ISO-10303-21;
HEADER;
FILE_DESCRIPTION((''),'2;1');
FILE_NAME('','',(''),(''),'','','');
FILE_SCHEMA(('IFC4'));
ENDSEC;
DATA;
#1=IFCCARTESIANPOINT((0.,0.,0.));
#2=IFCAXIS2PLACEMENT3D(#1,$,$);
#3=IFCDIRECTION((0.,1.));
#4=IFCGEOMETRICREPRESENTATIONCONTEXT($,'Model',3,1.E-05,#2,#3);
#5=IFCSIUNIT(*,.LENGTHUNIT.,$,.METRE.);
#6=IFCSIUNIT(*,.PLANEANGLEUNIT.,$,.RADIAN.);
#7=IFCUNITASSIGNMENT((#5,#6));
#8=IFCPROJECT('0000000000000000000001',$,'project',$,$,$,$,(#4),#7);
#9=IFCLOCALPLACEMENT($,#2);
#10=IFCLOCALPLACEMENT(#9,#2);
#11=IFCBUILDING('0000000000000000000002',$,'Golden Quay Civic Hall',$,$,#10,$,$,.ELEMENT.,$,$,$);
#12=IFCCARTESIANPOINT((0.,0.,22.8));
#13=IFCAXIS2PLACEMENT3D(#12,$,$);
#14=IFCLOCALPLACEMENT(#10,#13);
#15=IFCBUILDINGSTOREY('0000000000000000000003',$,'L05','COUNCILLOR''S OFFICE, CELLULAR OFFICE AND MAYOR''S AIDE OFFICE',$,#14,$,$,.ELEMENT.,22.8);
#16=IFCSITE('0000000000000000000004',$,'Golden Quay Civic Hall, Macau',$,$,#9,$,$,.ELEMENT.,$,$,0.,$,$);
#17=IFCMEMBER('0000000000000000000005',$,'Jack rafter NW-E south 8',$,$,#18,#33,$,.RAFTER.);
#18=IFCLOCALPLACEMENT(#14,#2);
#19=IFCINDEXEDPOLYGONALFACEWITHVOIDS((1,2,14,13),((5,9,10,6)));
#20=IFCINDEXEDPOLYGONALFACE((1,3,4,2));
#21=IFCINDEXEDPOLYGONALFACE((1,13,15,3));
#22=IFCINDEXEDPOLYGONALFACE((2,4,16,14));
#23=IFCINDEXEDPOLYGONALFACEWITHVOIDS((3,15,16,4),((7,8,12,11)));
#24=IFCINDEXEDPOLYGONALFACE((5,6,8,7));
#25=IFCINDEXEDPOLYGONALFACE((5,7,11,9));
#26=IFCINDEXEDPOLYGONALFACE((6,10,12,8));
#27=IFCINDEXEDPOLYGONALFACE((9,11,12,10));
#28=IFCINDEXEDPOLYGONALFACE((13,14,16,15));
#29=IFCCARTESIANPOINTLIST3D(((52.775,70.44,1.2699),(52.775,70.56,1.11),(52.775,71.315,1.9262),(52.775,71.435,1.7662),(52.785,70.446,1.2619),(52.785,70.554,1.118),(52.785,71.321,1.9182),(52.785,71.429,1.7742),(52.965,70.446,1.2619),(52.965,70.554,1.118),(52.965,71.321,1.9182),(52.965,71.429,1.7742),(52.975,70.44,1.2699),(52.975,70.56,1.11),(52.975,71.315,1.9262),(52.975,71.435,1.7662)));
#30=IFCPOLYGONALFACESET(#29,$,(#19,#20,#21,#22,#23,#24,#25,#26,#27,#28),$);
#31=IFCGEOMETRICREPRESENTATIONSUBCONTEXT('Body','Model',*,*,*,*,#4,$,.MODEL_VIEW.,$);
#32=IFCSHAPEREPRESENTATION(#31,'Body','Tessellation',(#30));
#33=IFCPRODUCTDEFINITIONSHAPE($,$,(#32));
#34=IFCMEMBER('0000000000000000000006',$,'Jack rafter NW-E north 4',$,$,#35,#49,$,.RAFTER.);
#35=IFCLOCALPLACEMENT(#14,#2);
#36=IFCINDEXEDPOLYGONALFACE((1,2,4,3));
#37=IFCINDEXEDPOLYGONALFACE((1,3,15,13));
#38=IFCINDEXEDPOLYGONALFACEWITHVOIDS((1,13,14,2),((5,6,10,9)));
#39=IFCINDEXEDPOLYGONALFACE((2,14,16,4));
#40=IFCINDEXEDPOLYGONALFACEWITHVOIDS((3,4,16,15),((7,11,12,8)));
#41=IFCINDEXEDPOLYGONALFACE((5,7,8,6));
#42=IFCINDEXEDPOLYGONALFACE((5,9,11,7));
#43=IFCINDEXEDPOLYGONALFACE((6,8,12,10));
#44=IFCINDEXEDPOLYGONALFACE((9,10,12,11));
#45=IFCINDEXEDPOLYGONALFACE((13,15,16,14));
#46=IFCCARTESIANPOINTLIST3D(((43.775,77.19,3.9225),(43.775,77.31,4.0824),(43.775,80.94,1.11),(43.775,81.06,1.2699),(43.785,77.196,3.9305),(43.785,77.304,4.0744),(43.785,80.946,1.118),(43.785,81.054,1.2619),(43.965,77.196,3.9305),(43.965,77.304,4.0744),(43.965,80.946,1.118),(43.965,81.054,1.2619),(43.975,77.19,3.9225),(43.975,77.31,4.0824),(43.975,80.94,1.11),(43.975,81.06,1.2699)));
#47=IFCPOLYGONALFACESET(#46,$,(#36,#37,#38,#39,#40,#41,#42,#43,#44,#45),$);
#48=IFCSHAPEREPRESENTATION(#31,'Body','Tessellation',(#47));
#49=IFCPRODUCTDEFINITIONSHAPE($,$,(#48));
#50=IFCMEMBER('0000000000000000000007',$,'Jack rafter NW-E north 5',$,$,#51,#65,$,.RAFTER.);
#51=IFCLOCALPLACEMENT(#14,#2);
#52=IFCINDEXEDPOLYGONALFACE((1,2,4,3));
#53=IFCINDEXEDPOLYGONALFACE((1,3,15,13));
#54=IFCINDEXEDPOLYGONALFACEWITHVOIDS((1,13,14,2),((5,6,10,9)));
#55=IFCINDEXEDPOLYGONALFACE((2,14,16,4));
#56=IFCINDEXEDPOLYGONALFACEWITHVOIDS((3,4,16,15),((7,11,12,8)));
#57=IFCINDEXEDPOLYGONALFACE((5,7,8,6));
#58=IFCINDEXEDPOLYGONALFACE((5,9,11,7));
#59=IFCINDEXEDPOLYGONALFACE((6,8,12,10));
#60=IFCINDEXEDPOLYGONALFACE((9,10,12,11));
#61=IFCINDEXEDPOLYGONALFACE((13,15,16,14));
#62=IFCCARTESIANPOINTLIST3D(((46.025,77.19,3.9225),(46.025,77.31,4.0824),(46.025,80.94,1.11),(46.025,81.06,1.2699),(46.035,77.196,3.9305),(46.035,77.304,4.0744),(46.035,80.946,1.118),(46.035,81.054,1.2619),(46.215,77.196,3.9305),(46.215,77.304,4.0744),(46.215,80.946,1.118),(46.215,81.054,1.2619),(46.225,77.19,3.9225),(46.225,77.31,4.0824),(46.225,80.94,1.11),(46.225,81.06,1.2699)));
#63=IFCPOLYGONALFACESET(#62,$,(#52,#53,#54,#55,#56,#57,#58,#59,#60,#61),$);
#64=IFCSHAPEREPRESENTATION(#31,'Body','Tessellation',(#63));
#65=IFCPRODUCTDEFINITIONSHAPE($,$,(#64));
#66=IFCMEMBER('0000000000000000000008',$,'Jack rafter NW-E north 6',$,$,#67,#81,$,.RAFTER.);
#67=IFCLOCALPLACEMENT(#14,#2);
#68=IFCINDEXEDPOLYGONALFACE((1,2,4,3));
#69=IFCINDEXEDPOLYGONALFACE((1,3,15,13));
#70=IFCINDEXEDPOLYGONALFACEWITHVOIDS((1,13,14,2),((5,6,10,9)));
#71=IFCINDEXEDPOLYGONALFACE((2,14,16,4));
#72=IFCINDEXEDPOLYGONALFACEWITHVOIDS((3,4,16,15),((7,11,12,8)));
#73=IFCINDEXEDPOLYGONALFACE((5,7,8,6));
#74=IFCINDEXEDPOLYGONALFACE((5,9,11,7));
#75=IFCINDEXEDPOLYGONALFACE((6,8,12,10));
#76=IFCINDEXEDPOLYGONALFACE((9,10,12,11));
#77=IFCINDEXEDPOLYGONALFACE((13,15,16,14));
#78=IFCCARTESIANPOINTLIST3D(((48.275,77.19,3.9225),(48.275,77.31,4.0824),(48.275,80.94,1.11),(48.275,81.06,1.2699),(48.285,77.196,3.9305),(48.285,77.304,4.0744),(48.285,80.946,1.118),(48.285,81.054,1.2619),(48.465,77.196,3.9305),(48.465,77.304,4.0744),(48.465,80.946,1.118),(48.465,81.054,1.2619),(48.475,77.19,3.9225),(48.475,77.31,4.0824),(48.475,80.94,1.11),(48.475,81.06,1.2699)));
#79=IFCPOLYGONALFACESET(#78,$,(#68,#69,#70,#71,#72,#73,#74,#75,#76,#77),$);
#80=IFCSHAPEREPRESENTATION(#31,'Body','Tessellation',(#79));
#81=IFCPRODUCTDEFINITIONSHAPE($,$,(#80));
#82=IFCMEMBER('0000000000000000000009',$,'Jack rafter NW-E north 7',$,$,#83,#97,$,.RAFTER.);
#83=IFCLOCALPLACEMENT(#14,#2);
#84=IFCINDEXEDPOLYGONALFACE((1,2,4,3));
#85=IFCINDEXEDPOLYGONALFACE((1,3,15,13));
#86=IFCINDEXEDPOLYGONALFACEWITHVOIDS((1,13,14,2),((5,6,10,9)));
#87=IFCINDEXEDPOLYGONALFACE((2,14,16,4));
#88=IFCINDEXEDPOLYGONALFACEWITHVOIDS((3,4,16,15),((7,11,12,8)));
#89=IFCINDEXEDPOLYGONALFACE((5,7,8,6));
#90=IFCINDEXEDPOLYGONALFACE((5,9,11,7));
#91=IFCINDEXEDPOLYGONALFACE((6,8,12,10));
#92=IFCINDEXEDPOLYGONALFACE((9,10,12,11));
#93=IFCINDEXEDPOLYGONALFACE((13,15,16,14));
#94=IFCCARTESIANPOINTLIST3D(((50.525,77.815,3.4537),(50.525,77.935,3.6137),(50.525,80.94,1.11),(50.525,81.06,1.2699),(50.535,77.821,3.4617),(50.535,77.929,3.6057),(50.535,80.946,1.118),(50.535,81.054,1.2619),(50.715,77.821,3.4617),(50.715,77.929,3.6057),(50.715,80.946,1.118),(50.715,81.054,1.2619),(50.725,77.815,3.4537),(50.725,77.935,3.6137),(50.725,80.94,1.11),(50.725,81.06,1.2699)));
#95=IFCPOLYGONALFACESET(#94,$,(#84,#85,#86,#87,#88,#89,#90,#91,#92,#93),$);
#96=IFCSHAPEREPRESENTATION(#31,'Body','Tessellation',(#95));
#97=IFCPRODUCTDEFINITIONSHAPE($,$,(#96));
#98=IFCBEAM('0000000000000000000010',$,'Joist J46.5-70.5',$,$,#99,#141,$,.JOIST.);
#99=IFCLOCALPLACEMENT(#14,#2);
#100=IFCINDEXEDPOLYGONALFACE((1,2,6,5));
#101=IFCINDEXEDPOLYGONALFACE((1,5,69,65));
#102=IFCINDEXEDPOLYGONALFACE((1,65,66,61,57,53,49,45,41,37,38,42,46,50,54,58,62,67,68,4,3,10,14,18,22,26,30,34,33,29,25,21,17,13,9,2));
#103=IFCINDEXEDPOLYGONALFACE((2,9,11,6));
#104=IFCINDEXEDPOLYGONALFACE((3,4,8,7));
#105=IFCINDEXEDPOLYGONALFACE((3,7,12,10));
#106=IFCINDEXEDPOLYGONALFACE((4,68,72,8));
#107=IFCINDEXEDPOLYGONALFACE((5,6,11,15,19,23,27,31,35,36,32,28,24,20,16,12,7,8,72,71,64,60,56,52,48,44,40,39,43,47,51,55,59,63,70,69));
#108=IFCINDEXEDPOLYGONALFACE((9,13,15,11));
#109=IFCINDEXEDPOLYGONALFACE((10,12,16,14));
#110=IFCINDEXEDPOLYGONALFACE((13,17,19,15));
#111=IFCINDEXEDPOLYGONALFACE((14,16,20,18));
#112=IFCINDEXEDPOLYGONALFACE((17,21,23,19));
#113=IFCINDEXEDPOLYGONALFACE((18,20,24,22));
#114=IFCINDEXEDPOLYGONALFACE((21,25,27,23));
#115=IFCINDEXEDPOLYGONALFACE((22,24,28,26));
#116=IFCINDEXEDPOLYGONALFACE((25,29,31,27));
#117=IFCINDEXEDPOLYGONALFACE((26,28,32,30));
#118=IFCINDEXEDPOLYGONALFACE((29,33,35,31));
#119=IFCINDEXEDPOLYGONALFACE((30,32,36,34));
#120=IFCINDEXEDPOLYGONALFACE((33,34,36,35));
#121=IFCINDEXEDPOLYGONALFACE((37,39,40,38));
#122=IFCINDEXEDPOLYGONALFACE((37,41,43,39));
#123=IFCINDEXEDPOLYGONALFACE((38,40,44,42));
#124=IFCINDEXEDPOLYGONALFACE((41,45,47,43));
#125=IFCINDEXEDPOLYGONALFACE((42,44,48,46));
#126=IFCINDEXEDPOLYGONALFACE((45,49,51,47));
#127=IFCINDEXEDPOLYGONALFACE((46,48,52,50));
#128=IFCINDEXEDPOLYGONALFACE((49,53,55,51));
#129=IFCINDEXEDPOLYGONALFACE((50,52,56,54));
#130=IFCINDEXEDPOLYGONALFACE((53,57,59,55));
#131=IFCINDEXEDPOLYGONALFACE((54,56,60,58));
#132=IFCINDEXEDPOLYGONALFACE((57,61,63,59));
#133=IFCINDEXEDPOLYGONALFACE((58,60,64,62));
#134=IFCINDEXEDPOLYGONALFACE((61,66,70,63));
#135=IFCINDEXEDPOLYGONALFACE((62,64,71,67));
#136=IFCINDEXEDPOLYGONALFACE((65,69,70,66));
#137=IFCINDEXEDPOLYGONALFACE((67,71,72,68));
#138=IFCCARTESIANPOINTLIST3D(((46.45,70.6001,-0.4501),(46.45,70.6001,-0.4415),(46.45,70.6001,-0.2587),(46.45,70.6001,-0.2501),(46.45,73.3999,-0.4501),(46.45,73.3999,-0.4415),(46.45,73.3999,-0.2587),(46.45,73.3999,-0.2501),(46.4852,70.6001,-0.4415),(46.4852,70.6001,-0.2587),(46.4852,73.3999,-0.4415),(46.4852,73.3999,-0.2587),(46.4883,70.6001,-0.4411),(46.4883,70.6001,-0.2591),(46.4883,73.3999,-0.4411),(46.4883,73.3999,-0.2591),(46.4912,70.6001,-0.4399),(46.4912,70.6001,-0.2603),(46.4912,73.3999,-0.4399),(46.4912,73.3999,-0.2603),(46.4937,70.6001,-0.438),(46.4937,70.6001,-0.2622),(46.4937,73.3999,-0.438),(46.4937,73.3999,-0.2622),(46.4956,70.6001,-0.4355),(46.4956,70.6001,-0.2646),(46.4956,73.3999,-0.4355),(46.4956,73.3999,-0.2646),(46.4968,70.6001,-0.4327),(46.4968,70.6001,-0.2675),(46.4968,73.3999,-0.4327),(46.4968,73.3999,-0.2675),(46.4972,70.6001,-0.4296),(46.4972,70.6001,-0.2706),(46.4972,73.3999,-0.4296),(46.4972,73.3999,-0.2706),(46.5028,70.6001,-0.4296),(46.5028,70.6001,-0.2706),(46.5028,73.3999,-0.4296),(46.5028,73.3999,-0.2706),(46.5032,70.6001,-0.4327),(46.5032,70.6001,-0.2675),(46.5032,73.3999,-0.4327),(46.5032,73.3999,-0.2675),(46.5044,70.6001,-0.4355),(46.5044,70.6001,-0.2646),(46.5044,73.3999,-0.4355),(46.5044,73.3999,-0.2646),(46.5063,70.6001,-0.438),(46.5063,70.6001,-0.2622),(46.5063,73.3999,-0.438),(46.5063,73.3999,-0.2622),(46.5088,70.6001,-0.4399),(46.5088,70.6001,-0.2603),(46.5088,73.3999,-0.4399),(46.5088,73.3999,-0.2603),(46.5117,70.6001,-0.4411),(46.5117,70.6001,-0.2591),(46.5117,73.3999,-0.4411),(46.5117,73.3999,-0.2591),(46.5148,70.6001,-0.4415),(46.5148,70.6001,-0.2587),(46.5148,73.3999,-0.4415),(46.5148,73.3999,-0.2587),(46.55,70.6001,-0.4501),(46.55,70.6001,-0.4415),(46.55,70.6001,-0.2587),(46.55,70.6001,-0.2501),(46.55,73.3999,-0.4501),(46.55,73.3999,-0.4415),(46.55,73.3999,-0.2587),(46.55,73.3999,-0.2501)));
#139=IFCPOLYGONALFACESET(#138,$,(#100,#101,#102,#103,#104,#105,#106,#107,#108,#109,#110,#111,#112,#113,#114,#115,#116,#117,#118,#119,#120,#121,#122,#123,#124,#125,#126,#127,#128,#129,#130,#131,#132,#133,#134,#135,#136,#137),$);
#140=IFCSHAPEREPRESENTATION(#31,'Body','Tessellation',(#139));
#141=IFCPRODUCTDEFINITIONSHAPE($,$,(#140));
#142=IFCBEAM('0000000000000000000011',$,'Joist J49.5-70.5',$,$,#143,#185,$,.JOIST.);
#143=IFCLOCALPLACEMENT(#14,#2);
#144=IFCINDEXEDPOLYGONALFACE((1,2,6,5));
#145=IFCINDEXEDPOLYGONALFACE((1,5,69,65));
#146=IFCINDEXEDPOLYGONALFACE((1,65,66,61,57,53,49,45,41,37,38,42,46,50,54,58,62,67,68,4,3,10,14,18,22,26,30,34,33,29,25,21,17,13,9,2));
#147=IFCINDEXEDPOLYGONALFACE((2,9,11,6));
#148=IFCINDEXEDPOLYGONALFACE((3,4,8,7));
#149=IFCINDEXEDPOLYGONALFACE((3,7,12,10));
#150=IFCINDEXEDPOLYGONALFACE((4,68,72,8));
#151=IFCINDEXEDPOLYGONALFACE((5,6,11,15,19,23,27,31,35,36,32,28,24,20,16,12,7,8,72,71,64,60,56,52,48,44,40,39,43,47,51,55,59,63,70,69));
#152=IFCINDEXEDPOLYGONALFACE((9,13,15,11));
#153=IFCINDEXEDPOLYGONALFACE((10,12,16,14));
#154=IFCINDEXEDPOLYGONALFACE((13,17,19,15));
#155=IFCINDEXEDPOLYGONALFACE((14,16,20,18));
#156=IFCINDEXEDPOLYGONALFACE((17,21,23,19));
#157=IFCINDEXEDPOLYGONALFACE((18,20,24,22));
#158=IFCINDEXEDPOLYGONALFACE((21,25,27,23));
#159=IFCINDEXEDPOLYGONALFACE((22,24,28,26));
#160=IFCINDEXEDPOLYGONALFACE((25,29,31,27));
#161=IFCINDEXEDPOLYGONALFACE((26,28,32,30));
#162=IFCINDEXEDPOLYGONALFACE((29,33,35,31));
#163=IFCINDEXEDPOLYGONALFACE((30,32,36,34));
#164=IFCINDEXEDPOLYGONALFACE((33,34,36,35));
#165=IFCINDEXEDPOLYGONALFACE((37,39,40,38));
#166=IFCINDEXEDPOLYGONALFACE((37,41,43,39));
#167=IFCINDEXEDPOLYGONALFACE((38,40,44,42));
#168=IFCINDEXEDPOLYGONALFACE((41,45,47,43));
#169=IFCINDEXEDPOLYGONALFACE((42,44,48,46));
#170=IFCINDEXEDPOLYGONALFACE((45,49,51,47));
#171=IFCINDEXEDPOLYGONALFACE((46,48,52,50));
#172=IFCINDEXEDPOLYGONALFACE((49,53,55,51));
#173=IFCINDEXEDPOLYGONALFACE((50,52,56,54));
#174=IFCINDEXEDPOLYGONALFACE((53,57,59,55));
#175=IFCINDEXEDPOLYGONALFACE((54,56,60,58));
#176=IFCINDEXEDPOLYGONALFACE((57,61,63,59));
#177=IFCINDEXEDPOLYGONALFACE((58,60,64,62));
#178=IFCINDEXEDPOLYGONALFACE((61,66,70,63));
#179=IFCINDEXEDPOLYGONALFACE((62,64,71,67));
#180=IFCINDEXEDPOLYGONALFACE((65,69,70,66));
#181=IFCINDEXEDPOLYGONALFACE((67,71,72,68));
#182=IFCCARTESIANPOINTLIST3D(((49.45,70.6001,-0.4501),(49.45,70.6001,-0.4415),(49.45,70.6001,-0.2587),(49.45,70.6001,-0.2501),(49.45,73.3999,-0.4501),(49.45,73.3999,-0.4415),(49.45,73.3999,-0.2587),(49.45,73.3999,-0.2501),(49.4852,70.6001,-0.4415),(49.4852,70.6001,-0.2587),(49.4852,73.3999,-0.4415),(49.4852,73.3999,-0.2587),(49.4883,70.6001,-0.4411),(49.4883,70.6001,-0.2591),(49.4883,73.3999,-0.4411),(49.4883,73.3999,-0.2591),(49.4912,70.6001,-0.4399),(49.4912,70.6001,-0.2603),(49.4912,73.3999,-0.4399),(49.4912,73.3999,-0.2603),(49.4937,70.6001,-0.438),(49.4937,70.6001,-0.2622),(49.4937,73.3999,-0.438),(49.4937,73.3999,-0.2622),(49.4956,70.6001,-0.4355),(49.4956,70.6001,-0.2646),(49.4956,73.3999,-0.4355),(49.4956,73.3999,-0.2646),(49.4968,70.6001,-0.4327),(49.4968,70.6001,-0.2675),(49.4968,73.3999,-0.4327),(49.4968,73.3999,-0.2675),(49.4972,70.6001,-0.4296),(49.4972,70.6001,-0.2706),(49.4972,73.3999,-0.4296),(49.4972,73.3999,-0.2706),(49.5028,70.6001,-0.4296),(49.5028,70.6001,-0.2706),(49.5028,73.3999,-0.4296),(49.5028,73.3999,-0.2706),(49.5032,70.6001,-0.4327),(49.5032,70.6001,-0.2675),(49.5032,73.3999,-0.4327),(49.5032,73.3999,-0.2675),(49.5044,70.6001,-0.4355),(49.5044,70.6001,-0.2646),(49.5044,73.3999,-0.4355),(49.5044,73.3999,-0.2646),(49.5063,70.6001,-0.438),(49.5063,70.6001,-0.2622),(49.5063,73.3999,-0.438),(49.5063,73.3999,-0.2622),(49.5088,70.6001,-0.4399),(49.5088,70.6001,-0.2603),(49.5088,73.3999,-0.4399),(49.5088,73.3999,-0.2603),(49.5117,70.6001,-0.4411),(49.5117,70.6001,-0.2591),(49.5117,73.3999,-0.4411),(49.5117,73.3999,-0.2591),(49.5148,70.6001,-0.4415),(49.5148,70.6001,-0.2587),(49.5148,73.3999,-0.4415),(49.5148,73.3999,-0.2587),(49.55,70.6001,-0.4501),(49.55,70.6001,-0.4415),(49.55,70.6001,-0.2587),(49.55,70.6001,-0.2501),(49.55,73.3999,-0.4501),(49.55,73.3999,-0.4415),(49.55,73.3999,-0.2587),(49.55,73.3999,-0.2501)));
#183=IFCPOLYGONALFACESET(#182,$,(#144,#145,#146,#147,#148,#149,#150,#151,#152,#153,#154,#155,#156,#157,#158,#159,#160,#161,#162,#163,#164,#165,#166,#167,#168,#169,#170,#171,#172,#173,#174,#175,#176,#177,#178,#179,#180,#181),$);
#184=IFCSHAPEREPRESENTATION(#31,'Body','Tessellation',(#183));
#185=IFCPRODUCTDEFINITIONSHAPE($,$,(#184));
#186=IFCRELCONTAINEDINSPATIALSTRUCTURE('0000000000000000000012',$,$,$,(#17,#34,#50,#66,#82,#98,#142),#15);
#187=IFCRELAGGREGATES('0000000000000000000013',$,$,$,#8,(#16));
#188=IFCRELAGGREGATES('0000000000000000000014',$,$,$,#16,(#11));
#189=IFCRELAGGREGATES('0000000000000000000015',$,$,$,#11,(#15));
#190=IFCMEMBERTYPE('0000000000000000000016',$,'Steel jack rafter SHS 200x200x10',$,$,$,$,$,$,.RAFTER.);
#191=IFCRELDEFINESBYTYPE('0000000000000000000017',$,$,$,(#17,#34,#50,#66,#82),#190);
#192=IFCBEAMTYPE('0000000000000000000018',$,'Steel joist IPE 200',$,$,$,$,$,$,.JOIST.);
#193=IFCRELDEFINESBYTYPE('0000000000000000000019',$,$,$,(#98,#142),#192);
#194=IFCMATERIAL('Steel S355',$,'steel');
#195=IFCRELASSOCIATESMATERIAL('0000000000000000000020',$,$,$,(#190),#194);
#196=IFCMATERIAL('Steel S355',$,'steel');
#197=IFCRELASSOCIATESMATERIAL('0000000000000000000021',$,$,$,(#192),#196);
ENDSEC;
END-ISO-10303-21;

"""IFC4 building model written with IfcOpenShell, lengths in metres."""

from ifc_helpers import new_model, si_unit, direction, frame, origin, origin_2d, place, context, subcontext, project, spatial, hollow_rectangle, i_section, extrude, material, material_profile, profile_set, type_object, element, save


model = new_model("IFC4")

# Units and contexts
model_context = context("Model", 3, precision=1e-05, world=origin(), true_north=direction((0.0, 1.0)))
body_context = subcontext(model_context, "Body", "Model", "MODEL_VIEW")
ifc_project = project(units=[si_unit("LENGTHUNIT", "METRE"), si_unit("PLANEANGLEUNIT", "RADIAN")], contexts=[model_context])

# Site, building, storey
site_placement = place(None, origin())
site = spatial("IfcSite", under=ifc_project, at=site_placement, Name="Golden Quay Civic Hall, Macau", CompositionType="ELEMENT", RefElevation=0.0)
building_placement = place(site_placement, origin())
building = spatial("IfcBuilding", under=site, at=building_placement, Name="Golden Quay Civic Hall", CompositionType="ELEMENT")
storey_placement = place(building_placement, frame((0.0, 0.0, 22.8)))
storey = spatial("IfcBuildingStorey", under=building, at=storey_placement, Name="L05", Description="COUNCILLOR'S OFFICE, CELLULAR OFFICE AND MAYOR'S AIDE OFFICE", CompositionType="ELEMENT", Elevation=22.8)

# Members
ifc_material_1 = material(Name="Steel S355", Category="steel")
ifc_material_profile_1 = material_profile(ifc_material_1, hollow_rectangle(XDim=0.2, YDim=0.2, WallThickness=0.01, at=origin_2d()), Name="SHS 200x200x10")
ifc_profile_set_1 = profile_set([ifc_material_profile_1], Name="Steel S355")
member_type_1 = type_object("IfcMemberType", Name="Steel jack rafter SHS 200x200x10", PredefinedType="RAFTER", material=ifc_profile_set_1)
member_1_placement = place(storey_placement, frame((52.875, 70.5, 1.1899), z_axis=(0.0, 0.8, 0.6), x_axis=(-1.0, 0.0, 0.0)))
element("IfcMember", 1, at=member_1_placement, inside=storey, type_object=member_type_1, Name="Jack rafter NW-E south 8", PredefinedType="RAFTER", context=body_context, shape_type="SweptSolid", body=[
    extrude(hollow_rectangle(XDim=0.2, YDim=0.2, WallThickness=0.01, at=origin_2d()), origin(), (0.0, 0.0, 1.0), 1.0938),
])
for number, where, z_axis, x_axis, name in (
    (2, (43.875, 81.0, 1.1899), (0.0, -0.8, 0.6), (1.0, 0.0, 0.0), "Jack rafter NW-E north 4"),
    (3, (46.125, 81.0, 1.1899), (0.0, -0.8, 0.6), (1.0, 0.0, 0.0), "Jack rafter NW-E north 5"),
    (4, (48.375, 81.0, 1.1899), (0.0, -0.8, 0.6), (1.0, 0.0, 0.0), "Jack rafter NW-E north 6"),
):
    element("IfcMember", number, at=place(storey_placement, frame(where, z_axis=z_axis, x_axis=x_axis)), inside=storey, type_object=member_type_1, Name=name, PredefinedType="RAFTER", context=body_context, shape_type="SweptSolid", body=[
        extrude(hollow_rectangle(XDim=0.2, YDim=0.2, WallThickness=0.01, at=origin_2d()), origin(), (0.0, 0.0, 1.0), 4.6875),
    ])
member_2_placement = place(storey_placement, frame((50.625, 81.0, 1.1899), z_axis=(0.0, -0.8, 0.6), x_axis=(1.0, 0.0, 0.0)))
element("IfcMember", 5, at=member_2_placement, inside=storey, type_object=member_type_1, Name="Jack rafter NW-E north 7", PredefinedType="RAFTER", context=body_context, shape_type="SweptSolid", body=[
    extrude(hollow_rectangle(XDim=0.2, YDim=0.2, WallThickness=0.01, at=origin_2d()), origin(), (0.0, 0.0, 1.0), 3.9062),
])

# Beams
ifc_material_2 = material(Name="Steel S355", Category="steel")
ifc_material_profile_2 = material_profile(ifc_material_2, i_section(OverallWidth=0.1001, OverallDepth=0.2, WebThickness=0.0056, FlangeThickness=0.0085, FilletRadius=0.012, at=origin_2d()), Name="IPE 200")
ifc_profile_set_2 = profile_set([ifc_material_profile_2], Name="Steel S355")
beam_type_1 = type_object("IfcBeamType", Name="Steel joist IPE 200", PredefinedType="JOIST", material=ifc_profile_set_2)
for number, where, z_axis, x_axis, name in (
    (6, (46.5, 70.6001, -0.3501), (0.0, 1.0, 0.0), (-1.0, 0.0, 0.0), "Joist J46.5-70.5"),
    (7, (49.5, 70.6001, -0.3501), (0.0, 1.0, 0.0), (-1.0, 0.0, 0.0), "Joist J49.5-70.5"),
):
    element("IfcBeam", number, at=place(storey_placement, frame(where, z_axis=z_axis, x_axis=x_axis)), inside=storey, type_object=beam_type_1, Name=name, PredefinedType="JOIST", context=body_context, shape_type="SweptSolid", body=[
        extrude(i_section(OverallWidth=0.1001, OverallDepth=0.2, WebThickness=0.0056, FlangeThickness=0.0085, FilletRadius=0.012, at=origin_2d()), origin(), (0.0, 0.0, 1.0), 2.7998),
    ])

save(model, "model.ifc")
